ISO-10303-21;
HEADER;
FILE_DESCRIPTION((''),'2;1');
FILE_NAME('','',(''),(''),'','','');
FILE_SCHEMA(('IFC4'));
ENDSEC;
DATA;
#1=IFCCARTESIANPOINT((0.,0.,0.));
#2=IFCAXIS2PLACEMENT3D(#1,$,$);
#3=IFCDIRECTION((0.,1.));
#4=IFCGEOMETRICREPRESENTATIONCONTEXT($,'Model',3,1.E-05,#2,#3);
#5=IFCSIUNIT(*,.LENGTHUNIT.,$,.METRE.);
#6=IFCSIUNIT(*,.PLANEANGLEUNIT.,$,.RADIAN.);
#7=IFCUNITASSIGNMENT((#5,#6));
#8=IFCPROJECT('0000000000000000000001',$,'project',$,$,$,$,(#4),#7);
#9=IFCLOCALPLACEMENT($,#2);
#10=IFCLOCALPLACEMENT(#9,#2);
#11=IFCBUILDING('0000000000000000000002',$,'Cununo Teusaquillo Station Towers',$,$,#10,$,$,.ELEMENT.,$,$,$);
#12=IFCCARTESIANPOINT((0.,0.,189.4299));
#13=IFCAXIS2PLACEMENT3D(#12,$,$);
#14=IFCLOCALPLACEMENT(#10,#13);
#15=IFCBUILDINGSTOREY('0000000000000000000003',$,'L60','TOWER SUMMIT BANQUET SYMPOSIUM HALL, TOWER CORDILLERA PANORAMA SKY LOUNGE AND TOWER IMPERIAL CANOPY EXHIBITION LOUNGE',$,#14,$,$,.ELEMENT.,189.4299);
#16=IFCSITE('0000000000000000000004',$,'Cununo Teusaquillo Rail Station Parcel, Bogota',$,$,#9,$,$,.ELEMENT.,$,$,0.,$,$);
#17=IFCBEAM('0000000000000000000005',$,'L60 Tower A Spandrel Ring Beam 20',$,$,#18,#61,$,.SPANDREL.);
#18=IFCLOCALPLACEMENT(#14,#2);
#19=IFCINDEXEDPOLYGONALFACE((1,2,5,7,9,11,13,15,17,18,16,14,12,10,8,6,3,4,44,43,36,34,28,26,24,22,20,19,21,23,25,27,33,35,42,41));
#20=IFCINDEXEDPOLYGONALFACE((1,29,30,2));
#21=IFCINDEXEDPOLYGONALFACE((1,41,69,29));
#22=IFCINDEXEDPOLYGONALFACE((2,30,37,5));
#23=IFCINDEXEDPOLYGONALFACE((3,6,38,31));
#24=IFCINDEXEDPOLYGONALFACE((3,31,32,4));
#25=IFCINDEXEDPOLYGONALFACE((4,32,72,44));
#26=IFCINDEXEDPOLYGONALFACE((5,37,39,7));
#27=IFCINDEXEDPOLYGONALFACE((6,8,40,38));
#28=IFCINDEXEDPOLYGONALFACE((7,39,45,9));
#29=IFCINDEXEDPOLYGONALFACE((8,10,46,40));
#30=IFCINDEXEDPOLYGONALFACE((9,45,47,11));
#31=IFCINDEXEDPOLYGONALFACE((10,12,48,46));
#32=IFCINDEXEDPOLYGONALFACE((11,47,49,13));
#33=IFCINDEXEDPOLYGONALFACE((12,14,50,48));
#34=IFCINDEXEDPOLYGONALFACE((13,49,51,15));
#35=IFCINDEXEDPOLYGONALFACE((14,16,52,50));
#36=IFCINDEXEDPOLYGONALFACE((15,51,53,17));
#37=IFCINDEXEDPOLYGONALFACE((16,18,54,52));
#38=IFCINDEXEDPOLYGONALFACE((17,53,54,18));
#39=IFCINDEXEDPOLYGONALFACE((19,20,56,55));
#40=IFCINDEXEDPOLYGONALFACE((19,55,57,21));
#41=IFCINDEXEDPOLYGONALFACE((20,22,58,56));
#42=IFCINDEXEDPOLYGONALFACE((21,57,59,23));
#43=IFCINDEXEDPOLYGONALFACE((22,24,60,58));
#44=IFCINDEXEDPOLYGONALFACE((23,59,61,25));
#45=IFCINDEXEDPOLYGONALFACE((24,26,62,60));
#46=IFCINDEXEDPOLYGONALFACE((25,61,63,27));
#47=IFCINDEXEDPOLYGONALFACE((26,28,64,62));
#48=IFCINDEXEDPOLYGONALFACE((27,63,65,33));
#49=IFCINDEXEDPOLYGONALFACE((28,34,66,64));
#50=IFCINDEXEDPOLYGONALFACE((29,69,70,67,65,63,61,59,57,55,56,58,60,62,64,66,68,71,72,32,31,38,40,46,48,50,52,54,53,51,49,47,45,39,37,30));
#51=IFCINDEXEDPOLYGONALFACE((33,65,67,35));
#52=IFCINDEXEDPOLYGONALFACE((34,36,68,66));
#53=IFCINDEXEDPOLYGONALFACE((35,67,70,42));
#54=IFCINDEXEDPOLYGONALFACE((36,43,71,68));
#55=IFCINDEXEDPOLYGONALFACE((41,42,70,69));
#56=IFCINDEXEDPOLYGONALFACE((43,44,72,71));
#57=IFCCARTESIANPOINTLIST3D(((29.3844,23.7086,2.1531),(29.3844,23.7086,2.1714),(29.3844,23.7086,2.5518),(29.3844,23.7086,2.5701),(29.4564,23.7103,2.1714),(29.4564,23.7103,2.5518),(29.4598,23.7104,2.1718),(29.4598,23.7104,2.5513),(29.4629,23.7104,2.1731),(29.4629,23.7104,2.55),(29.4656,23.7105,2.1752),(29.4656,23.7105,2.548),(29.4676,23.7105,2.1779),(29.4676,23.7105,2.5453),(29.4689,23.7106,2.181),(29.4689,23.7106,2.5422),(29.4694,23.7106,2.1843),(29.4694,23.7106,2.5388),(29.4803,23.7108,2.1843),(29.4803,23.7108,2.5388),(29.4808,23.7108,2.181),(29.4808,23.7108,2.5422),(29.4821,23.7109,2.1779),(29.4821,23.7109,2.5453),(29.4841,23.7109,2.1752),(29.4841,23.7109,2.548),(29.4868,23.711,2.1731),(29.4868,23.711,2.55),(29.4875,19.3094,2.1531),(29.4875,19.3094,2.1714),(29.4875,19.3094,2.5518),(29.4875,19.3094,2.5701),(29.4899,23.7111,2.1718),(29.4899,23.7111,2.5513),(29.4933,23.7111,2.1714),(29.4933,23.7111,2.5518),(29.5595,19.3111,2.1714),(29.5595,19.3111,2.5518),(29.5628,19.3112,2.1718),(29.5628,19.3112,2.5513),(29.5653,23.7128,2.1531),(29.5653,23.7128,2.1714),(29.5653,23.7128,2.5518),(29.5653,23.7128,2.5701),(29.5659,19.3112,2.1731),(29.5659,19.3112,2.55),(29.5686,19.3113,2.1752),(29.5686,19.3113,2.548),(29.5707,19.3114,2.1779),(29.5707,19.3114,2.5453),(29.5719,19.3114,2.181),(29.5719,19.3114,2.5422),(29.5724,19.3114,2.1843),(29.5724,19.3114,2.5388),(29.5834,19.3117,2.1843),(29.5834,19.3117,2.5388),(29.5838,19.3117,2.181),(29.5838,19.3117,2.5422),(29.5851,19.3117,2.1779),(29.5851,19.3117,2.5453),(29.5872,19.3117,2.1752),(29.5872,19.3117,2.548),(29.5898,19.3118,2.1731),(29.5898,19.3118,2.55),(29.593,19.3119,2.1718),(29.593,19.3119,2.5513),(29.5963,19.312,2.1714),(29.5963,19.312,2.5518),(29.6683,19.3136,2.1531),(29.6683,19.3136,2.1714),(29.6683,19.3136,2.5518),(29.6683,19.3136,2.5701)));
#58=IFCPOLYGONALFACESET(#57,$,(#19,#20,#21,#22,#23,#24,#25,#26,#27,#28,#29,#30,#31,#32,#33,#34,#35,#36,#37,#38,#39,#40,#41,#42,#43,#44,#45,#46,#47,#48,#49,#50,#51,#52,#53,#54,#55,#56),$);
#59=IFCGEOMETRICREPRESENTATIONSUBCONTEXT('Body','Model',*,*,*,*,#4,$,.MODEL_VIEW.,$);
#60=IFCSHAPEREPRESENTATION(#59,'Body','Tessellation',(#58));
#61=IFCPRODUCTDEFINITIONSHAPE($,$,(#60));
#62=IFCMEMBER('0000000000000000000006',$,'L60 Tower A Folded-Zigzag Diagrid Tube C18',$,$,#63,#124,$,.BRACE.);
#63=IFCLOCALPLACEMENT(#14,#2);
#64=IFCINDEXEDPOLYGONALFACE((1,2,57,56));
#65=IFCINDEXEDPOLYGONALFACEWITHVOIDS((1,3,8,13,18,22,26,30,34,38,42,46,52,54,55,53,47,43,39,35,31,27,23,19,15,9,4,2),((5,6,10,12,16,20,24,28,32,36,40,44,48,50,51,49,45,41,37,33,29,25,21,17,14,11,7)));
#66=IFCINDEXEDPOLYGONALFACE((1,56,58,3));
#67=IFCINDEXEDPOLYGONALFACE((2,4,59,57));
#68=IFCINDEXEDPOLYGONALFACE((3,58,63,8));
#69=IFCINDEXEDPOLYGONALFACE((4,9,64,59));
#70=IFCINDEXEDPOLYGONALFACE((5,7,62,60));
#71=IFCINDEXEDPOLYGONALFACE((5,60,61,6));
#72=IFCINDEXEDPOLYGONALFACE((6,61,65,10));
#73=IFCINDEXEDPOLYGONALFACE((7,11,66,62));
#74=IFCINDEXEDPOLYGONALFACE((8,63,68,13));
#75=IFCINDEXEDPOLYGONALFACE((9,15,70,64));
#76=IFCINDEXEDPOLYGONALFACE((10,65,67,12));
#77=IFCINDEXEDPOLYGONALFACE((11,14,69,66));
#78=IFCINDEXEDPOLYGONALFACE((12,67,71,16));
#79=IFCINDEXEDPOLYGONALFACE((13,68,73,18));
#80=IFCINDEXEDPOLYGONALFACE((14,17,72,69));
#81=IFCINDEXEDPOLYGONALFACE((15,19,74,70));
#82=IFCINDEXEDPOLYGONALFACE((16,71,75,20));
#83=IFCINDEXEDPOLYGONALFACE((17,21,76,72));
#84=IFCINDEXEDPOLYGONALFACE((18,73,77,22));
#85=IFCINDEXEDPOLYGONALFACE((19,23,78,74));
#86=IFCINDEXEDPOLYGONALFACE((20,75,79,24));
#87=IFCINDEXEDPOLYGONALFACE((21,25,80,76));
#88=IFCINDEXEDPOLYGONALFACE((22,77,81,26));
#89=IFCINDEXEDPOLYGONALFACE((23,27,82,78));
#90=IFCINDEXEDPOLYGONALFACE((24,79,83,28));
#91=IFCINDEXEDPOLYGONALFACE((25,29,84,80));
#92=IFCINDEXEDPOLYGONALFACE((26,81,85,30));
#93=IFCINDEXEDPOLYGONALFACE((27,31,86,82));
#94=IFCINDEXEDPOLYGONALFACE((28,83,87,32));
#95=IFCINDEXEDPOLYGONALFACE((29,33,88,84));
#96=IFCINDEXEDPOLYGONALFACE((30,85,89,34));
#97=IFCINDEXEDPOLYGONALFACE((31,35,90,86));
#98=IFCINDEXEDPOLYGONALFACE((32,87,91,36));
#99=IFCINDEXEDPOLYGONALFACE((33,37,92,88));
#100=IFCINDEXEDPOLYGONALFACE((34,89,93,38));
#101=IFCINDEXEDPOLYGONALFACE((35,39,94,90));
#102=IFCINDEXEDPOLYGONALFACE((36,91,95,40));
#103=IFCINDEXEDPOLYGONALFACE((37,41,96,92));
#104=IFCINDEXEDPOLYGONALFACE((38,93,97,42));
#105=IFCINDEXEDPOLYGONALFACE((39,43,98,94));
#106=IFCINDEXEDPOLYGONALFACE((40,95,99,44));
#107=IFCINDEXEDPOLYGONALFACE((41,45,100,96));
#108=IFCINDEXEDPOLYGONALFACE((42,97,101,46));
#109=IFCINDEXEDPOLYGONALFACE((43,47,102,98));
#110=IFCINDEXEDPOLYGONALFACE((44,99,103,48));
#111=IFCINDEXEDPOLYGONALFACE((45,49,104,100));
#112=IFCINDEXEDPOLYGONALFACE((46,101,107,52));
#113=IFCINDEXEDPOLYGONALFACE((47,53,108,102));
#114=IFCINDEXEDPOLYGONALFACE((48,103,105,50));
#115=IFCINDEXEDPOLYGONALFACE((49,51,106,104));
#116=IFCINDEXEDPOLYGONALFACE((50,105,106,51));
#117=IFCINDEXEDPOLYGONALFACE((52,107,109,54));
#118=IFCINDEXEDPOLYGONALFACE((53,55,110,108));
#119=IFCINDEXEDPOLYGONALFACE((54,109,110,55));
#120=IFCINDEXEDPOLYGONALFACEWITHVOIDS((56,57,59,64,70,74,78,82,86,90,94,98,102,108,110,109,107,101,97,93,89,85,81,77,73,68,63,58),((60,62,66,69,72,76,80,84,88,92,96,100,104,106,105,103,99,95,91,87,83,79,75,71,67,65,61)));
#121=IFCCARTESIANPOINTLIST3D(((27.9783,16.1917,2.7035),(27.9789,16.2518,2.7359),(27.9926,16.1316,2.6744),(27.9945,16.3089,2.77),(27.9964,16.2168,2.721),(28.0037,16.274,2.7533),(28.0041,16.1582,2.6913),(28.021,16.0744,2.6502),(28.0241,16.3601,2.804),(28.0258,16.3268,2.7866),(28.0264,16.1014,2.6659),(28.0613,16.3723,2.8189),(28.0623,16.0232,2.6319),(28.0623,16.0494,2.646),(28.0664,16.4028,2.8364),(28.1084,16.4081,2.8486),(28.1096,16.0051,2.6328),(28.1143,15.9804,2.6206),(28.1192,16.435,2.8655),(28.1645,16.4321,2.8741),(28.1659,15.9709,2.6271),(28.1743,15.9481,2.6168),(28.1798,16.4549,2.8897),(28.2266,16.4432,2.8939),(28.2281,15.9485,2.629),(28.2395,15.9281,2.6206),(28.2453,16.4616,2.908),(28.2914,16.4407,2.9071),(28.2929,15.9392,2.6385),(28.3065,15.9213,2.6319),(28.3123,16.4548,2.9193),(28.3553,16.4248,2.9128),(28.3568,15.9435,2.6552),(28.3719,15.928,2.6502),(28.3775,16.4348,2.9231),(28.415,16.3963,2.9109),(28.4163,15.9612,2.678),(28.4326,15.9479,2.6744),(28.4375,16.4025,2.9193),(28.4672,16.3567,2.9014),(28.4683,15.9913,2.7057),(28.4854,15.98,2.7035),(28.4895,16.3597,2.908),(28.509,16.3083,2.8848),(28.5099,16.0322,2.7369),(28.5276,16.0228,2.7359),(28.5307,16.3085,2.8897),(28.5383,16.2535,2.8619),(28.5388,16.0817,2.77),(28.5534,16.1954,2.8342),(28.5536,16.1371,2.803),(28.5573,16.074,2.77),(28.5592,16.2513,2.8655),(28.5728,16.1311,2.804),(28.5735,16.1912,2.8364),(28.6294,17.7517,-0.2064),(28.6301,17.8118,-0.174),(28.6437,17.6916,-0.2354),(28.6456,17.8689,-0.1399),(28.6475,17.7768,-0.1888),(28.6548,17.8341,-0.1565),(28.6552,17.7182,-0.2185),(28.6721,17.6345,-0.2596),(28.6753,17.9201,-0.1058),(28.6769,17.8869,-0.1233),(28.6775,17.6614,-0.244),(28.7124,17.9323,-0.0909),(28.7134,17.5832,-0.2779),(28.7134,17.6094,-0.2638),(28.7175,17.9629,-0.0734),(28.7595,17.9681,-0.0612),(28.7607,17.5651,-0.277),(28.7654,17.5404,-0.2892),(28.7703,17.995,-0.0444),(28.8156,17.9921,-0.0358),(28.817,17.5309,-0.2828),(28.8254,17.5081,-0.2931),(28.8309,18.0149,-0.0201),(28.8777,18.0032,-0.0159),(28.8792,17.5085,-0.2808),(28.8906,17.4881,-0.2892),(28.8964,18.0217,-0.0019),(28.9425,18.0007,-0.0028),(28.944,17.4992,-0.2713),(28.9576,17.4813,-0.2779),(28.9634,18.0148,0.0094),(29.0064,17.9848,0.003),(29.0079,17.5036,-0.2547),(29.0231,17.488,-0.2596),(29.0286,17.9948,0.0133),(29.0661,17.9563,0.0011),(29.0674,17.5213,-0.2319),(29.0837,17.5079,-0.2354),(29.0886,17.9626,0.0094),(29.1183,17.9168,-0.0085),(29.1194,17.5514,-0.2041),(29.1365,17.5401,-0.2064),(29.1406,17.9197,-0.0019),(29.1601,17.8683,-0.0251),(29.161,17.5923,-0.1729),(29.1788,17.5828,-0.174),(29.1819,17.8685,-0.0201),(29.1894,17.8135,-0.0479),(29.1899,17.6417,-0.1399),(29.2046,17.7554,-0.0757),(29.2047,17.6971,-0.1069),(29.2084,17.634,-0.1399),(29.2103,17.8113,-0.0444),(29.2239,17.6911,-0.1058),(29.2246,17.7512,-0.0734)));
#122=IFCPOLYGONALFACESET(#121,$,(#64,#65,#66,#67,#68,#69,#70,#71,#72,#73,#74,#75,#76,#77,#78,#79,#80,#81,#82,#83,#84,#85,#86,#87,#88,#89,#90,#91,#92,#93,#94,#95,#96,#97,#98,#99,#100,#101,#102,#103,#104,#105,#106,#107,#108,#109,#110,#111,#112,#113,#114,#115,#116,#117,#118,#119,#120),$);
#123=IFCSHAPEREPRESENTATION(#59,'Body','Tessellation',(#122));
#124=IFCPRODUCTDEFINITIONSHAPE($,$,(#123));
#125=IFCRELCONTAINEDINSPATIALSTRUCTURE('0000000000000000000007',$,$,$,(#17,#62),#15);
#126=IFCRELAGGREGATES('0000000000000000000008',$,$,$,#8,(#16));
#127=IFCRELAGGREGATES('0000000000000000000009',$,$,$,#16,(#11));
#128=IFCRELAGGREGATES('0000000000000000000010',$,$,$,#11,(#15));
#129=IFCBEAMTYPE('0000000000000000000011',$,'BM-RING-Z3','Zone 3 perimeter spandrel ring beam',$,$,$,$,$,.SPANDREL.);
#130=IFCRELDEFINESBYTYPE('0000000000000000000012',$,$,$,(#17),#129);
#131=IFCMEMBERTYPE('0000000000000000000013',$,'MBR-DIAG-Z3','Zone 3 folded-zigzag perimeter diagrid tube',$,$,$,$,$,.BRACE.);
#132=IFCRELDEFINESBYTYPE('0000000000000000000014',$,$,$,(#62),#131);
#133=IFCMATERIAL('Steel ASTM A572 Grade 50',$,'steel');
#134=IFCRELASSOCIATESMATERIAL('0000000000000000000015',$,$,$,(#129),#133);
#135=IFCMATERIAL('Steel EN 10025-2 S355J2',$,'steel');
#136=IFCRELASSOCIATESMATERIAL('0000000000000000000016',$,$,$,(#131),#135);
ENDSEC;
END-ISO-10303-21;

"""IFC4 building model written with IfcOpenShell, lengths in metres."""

from ifc_helpers import new_model, si_unit, direction, frame, origin, origin_2d, place, context, subcontext, project, spatial, hollow_circle, i_section, extrude, material, material_profile, profile_set, type_object, element, save


model = new_model("IFC4")

# Units and contexts
model_context = context("Model", 3, precision=1e-05, world=origin(), true_north=direction((0.0, 1.0)))
body_context = subcontext(model_context, "Body", "Model", "MODEL_VIEW")
ifc_project = project(units=[si_unit("LENGTHUNIT", "METRE"), si_unit("PLANEANGLEUNIT", "RADIAN")], contexts=[model_context])

# Site, building, storey
site_placement = place(None, origin())
site = spatial("IfcSite", under=ifc_project, at=site_placement, Name="Cununo Teusaquillo Rail Station Parcel, Bogota", CompositionType="ELEMENT", RefElevation=0.0)
building_placement = place(site_placement, origin())
building = spatial("IfcBuilding", under=site, at=building_placement, Name="Cununo Teusaquillo Station Towers", CompositionType="ELEMENT")
storey_placement = place(building_placement, frame((0.0, 0.0, 189.4299)))
storey = spatial("IfcBuildingStorey", under=building, at=storey_placement, Name="L60", Description="TOWER SUMMIT BANQUET SYMPOSIUM HALL, TOWER CORDILLERA PANORAMA SKY LOUNGE AND TOWER IMPERIAL CANOPY EXHIBITION LOUNGE", CompositionType="ELEMENT", Elevation=189.4299)

# Beam
ifc_material_1 = material(Name="Steel ASTM A572 Grade 50", Category="steel")
ifc_material_profile_1 = material_profile(ifc_material_1, i_section(OverallWidth=0.1809, OverallDepth=0.417, WebThickness=0.011, FlangeThickness=0.0183, FilletRadius=0.0129, at=origin_2d()), Name="W16X57")
ifc_profile_set_1 = profile_set([ifc_material_profile_1], Name="Steel ASTM A572 Grade 50")
beam_type_1 = type_object("IfcBeamType", Name="BM-RING-Z3", Description="Zone 3 perimeter spandrel ring beam", PredefinedType="SPANDREL", material=ifc_profile_set_1)
beam_1_placement = place(storey_placement, frame((29.5779, 19.3115, 2.3616), z_axis=(-0.023413, 0.999726, 0.0), x_axis=(-0.999726, -0.023413, 0.0)))
element("IfcBeam", 1, at=beam_1_placement, inside=storey, type_object=beam_type_1, Name="L60 Tower A Spandrel Ring Beam 20", PredefinedType="SPANDREL", context=body_context, shape_type="SweptSolid", body=[
    extrude(i_section(OverallWidth=0.1809, OverallDepth=0.417, WebThickness=0.011, FlangeThickness=0.0183, FilletRadius=0.0129, at=origin_2d()), origin(), (0.0, 0.0, 1.0), 4.4004),
])

# Member
ifc_material_2 = material(Name="Steel EN 10025-2 S355J2", Category="steel")
ifc_material_profile_2 = material_profile(ifc_material_2, hollow_circle(Radius=0.3049, WallThickness=0.02, at=origin_2d()), Name="CHS 610x20")
ifc_profile_set_2 = profile_set([ifc_material_profile_2], Name="Steel EN 10025-2 S355J2")
member_type = type_object("IfcMemberType", Name="MBR-DIAG-Z3", Description="Zone 3 folded-zigzag perimeter diagrid tube", PredefinedType="BRACE", material=ifc_profile_set_2)
member_placement = place(storey_placement, frame((28.927, 17.7515, -0.1399), z_axis=(-0.193481, -0.46357, 0.864678), x_axis=(0.922846, -0.385169, 0.0)))
element("IfcMember", 2, at=member_placement, inside=storey, type_object=member_type, Name="L60 Tower A Folded-Zigzag Diagrid Tube C18", PredefinedType="BRACE", context=body_context, shape_type="SweptSolid", body=[
    extrude(hollow_circle(Radius=0.3049, WallThickness=0.02, at=origin_2d()), origin(), (0.0, 0.0, 1.0), 3.3652),
])

save(model, "model.ifc")
